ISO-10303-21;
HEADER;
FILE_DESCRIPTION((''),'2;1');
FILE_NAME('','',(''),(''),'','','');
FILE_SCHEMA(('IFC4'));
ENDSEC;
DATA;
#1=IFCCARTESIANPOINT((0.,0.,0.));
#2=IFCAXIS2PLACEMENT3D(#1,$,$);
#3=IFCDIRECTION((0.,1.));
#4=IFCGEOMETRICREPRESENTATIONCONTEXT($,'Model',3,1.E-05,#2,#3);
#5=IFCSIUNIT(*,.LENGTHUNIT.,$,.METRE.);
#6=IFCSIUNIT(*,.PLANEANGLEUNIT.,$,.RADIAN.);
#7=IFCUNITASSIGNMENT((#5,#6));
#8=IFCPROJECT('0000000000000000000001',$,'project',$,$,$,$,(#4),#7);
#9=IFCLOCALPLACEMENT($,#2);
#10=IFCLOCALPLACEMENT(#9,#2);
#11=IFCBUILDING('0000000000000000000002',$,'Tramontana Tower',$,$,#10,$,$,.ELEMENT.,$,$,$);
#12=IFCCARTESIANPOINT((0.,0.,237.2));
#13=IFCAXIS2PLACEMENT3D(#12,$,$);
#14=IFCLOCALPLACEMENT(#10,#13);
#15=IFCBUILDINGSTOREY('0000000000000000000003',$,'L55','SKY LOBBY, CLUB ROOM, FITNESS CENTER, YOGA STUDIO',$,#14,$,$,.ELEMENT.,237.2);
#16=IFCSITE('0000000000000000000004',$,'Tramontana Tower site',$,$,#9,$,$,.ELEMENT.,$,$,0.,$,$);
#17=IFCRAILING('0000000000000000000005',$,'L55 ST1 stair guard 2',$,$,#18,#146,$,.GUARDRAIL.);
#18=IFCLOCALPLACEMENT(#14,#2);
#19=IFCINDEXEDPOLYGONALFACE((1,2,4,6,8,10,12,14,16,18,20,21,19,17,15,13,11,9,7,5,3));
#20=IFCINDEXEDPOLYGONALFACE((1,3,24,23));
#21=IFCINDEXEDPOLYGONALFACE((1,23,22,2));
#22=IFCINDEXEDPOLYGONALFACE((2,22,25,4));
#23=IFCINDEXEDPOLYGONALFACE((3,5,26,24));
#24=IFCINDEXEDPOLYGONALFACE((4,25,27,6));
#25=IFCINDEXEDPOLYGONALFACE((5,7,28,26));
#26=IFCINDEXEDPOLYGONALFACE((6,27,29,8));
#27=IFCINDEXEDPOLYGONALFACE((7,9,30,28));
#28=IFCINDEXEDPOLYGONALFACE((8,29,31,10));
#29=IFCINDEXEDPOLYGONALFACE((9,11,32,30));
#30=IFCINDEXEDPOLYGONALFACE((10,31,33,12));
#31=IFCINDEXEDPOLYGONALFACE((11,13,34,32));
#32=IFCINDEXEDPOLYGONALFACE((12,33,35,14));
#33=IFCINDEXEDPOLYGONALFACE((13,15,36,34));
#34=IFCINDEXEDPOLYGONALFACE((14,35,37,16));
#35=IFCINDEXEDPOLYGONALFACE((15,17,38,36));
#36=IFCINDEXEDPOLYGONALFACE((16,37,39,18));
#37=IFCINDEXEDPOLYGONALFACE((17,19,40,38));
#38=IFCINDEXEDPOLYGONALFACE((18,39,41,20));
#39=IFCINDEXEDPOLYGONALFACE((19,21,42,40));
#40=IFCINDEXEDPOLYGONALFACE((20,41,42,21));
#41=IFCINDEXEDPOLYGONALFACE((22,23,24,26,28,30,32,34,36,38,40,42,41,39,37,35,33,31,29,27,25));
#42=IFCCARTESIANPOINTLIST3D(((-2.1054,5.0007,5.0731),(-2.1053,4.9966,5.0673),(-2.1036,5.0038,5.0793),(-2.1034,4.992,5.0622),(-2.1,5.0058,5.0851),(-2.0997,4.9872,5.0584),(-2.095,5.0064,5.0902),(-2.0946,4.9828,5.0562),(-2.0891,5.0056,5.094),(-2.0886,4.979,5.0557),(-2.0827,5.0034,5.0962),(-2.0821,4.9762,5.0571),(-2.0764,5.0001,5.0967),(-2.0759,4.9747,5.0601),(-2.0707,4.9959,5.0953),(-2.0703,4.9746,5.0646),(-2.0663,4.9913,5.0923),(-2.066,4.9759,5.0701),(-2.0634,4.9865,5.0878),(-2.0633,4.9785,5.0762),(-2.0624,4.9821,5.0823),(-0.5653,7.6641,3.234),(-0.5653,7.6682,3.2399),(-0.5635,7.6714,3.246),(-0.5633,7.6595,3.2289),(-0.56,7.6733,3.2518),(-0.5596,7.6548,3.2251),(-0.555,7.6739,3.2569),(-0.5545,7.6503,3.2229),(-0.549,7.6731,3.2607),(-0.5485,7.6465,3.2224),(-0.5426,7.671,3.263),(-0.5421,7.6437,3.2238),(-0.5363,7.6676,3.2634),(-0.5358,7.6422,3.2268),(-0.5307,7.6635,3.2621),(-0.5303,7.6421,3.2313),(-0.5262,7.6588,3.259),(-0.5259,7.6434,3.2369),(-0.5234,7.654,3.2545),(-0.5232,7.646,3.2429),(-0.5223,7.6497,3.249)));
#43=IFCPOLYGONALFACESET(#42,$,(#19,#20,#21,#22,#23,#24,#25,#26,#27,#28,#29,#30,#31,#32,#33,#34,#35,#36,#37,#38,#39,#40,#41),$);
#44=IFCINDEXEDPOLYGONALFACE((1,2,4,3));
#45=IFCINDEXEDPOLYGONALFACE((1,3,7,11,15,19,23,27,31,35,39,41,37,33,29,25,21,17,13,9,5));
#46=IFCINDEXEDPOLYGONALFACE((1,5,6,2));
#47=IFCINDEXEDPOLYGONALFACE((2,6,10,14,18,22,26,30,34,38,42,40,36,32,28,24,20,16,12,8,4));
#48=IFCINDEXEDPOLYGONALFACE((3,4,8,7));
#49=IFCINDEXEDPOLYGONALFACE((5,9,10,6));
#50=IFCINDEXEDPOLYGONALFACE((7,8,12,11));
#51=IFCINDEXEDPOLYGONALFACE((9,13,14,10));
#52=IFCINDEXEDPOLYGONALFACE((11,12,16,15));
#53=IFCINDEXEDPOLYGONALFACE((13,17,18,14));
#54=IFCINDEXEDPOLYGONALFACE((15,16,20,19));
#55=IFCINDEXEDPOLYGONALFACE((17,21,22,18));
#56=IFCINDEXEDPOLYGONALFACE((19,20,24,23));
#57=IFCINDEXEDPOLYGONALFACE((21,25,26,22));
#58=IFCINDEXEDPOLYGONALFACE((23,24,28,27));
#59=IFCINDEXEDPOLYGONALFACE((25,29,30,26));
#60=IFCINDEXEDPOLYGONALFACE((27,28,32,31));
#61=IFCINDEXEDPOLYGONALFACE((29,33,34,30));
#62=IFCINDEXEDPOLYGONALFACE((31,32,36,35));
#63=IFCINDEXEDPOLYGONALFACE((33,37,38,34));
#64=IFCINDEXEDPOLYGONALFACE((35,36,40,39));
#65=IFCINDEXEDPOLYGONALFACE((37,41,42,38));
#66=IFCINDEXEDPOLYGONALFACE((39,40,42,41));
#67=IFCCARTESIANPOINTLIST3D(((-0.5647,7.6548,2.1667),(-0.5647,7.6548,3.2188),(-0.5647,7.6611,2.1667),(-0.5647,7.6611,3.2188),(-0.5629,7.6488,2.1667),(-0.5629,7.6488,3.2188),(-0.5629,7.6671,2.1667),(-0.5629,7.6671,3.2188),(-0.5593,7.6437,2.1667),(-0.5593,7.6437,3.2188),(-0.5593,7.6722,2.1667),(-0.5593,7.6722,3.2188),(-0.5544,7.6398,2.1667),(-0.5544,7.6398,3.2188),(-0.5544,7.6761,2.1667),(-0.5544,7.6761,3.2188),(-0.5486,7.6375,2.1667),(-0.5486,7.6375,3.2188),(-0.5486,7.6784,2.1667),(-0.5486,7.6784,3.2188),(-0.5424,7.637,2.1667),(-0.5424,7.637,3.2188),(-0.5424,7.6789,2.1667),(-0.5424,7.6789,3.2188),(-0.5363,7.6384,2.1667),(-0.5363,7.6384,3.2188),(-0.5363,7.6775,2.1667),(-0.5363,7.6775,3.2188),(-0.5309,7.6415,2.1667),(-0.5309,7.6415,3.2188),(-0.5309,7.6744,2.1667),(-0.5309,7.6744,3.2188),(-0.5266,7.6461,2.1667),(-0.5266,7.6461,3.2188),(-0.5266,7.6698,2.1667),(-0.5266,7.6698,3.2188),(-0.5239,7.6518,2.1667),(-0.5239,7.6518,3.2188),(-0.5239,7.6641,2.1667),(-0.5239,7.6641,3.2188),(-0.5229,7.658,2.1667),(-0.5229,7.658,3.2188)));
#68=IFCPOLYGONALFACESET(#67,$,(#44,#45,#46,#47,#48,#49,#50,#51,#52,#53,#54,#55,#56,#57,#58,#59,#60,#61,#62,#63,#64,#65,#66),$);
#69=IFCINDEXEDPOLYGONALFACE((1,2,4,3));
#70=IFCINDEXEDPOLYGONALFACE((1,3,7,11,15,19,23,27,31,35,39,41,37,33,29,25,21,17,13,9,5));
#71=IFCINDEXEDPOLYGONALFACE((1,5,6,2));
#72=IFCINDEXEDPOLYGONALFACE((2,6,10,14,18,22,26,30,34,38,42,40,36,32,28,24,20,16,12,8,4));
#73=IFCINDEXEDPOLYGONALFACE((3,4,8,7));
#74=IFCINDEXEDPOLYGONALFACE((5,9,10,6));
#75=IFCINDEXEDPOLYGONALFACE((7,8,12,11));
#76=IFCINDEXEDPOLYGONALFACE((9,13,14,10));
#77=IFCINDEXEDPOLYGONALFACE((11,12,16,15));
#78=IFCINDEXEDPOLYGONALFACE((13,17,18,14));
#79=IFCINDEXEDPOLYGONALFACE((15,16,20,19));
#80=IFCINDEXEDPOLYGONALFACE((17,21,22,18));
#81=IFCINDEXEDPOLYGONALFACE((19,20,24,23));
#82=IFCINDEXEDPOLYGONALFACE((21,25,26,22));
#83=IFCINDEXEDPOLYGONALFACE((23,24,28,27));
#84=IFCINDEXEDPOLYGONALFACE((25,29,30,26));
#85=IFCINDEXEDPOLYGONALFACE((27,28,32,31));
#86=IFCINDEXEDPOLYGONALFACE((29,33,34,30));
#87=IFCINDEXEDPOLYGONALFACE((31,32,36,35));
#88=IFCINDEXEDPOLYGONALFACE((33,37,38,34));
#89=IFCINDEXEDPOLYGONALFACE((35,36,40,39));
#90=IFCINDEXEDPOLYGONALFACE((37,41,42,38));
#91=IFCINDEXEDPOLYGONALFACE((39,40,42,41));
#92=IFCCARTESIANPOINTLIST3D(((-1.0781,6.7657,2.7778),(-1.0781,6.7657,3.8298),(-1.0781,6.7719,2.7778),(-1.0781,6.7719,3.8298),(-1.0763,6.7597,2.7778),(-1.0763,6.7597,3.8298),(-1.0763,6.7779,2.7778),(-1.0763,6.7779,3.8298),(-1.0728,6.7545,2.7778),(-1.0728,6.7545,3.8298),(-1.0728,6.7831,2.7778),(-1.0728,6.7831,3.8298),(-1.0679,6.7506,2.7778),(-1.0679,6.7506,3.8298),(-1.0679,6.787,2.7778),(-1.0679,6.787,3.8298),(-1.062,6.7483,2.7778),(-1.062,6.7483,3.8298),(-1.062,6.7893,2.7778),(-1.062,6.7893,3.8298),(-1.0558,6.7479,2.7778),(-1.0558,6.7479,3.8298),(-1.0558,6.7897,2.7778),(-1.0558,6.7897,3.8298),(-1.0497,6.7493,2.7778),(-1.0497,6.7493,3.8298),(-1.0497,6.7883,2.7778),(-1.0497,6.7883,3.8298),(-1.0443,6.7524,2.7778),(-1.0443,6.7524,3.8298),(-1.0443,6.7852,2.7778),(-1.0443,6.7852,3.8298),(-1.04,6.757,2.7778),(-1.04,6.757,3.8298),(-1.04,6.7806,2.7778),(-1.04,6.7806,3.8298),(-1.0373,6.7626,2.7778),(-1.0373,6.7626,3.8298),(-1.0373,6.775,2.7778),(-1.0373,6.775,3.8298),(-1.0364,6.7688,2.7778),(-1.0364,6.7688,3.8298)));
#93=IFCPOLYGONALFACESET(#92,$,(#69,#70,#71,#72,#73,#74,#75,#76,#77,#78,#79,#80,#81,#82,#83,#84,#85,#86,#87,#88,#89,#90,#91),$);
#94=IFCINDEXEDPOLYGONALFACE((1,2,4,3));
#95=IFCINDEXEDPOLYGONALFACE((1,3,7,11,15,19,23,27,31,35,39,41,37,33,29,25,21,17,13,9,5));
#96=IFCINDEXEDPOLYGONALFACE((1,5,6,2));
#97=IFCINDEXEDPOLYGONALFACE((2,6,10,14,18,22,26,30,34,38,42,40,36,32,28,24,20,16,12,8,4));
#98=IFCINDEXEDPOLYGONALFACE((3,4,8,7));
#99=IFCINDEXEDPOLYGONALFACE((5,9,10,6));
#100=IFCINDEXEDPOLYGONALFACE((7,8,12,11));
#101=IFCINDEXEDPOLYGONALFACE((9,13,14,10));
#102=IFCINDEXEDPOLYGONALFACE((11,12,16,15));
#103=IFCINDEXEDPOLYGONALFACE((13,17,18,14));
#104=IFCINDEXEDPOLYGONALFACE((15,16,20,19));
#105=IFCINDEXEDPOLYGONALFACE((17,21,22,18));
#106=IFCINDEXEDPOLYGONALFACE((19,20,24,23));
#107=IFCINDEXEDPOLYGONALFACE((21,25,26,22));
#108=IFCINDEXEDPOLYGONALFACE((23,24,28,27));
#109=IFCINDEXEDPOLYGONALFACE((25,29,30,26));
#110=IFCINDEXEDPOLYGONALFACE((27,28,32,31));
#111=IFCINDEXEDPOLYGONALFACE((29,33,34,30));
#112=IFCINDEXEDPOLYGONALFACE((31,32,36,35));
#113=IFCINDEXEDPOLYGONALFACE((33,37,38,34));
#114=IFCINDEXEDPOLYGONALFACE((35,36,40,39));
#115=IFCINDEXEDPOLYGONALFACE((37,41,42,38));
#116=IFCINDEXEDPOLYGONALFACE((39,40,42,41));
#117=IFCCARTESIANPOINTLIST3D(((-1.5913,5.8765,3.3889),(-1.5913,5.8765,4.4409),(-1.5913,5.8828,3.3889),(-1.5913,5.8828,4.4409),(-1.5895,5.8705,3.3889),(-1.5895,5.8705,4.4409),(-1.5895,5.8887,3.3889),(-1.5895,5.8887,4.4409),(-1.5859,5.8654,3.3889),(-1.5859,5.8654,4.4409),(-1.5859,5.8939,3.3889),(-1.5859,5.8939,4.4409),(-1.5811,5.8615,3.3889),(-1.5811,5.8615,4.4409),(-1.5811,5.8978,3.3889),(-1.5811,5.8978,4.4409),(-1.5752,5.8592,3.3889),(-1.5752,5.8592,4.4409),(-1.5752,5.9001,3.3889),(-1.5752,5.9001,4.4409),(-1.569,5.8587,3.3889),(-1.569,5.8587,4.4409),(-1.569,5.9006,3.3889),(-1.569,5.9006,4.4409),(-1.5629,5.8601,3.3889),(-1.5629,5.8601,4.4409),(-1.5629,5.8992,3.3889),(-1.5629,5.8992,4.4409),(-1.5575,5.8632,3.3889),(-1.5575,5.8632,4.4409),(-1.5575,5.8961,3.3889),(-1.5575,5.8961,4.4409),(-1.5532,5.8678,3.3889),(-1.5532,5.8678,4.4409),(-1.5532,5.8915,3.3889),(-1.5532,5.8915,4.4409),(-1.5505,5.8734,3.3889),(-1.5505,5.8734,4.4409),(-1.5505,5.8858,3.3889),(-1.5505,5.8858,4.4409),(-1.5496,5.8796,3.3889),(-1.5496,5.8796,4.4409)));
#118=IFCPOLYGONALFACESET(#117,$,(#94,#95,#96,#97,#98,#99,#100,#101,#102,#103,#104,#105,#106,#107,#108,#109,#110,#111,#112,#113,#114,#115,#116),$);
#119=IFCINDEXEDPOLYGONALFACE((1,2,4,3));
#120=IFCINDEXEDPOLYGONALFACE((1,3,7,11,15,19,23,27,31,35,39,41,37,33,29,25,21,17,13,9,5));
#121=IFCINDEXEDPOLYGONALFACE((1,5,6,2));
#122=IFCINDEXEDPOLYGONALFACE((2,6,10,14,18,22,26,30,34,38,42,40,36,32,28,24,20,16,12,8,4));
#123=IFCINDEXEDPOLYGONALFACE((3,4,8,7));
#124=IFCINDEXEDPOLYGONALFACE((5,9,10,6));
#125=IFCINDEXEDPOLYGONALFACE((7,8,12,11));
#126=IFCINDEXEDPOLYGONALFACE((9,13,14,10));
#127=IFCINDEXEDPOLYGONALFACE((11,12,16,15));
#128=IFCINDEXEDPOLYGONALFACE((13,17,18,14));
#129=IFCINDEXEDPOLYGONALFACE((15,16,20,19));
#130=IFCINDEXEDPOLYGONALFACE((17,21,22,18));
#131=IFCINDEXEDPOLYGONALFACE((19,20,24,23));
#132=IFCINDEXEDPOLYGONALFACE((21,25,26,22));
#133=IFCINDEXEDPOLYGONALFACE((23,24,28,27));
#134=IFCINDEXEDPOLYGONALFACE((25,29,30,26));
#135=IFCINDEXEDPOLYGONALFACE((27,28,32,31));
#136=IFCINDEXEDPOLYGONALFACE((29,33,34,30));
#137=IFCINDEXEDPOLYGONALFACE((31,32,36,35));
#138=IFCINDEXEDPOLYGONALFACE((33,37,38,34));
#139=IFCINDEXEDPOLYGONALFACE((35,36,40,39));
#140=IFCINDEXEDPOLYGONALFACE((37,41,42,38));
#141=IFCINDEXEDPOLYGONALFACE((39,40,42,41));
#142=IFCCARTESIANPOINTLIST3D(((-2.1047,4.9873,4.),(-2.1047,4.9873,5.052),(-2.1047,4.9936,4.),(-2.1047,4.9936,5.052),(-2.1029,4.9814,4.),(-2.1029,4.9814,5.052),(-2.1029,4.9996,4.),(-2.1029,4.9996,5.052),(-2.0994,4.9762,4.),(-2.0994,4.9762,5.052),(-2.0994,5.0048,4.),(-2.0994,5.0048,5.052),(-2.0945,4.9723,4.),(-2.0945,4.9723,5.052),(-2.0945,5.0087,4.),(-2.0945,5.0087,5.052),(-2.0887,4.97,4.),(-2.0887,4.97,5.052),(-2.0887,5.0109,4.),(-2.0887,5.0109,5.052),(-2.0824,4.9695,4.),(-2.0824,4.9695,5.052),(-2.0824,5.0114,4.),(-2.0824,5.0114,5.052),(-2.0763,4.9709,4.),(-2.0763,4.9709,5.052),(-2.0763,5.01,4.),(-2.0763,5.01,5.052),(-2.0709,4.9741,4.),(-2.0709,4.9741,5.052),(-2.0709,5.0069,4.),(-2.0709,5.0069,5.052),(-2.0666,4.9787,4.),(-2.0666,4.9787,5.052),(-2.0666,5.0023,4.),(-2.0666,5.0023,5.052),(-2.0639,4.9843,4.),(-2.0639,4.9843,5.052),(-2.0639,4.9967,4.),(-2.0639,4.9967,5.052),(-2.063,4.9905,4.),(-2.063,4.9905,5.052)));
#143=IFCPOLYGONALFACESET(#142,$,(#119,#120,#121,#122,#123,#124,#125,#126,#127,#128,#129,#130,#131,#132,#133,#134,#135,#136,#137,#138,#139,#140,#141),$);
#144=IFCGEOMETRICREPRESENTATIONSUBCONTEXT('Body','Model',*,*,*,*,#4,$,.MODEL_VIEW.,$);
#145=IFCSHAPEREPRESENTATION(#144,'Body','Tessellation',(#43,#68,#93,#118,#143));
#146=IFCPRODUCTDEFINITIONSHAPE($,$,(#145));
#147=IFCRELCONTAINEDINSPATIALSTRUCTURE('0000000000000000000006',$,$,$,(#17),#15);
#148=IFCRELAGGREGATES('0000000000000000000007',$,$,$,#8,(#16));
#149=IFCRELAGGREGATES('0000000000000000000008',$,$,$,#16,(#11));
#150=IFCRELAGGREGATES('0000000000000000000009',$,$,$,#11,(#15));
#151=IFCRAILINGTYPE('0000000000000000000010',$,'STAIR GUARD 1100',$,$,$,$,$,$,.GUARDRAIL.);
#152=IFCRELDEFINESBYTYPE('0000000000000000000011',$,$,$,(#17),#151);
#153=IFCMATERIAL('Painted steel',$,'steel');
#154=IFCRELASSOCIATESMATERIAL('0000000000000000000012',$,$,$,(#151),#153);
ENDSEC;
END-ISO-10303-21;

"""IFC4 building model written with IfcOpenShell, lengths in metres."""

from ifc_helpers import new_model, si_unit, direction, frame, origin, origin_2d, place, context, subcontext, project, spatial, circle, extrude, material, type_object, element, save


model = new_model("IFC4")

# Units and contexts
model_context = context("Model", 3, precision=1e-05, world=origin(), true_north=direction((0.0, 1.0)))
body_context = subcontext(model_context, "Body", "Model", "MODEL_VIEW")
ifc_project = project(units=[si_unit("LENGTHUNIT", "METRE"), si_unit("PLANEANGLEUNIT", "RADIAN")], contexts=[model_context])

# Site, building, storey
site_placement = place(None, origin())
site = spatial("IfcSite", under=ifc_project, at=site_placement, Name="Tramontana Tower site", CompositionType="ELEMENT", RefElevation=0.0)
building_placement = place(site_placement, origin())
building = spatial("IfcBuilding", under=site, at=building_placement, Name="Tramontana Tower", CompositionType="ELEMENT")
storey_placement = place(building_placement, frame((0.0, 0.0, 237.2)))
storey = spatial("IfcBuildingStorey", under=building, at=storey_placement, Name="L55", Description="SKY LOBBY, CLUB ROOM, FITNESS CENTER, YOGA STUDIO", CompositionType="ELEMENT", Elevation=237.2)

# Railing
ifc_material_1 = material(Name="Painted steel", Category="steel")
railing_type = type_object("IfcRailingType", Name="STAIR GUARD 1100", PredefinedType="GUARDRAIL", material=ifc_material_1)
railing_1_placement = place(storey_placement, frame((-0.5439, 7.658, 2.1667)))
element("IfcRailing", 1, at=railing_1_placement, inside=storey, type_object=railing_type, Name="L55 ST1 stair guard 2", PredefinedType="GUARDRAIL", context=body_context, shape_type="SweptSolid", body=[
    extrude(circle(Radius=0.0239, at=origin_2d()), frame((0.0, 0.0, 1.0762), z_axis=(-0.429649, -0.74419, 0.511452), x_axis=(0.86603, -0.499992, 0.0)), (0.0, 0.0, 1.0), 3.5845),
    extrude(circle(Radius=0.021, at=origin_2d()), origin(), (0.0, 0.0, 1.0), 1.052),
    extrude(circle(Radius=0.021, at=origin_2d()), frame((-0.5134, -0.8892, 0.6111)), (0.0, 0.0, 1.0), 1.052),
    extrude(circle(Radius=0.021, at=origin_2d()), frame((-1.0266, -1.7783, 1.2222)), (0.0, 0.0, 1.0), 1.052),
    extrude(circle(Radius=0.021, at=origin_2d()), frame((-1.54, -2.6675, 1.8333)), (0.0, 0.0, 1.0), 1.052),
])

save(model, "model.ifc")
